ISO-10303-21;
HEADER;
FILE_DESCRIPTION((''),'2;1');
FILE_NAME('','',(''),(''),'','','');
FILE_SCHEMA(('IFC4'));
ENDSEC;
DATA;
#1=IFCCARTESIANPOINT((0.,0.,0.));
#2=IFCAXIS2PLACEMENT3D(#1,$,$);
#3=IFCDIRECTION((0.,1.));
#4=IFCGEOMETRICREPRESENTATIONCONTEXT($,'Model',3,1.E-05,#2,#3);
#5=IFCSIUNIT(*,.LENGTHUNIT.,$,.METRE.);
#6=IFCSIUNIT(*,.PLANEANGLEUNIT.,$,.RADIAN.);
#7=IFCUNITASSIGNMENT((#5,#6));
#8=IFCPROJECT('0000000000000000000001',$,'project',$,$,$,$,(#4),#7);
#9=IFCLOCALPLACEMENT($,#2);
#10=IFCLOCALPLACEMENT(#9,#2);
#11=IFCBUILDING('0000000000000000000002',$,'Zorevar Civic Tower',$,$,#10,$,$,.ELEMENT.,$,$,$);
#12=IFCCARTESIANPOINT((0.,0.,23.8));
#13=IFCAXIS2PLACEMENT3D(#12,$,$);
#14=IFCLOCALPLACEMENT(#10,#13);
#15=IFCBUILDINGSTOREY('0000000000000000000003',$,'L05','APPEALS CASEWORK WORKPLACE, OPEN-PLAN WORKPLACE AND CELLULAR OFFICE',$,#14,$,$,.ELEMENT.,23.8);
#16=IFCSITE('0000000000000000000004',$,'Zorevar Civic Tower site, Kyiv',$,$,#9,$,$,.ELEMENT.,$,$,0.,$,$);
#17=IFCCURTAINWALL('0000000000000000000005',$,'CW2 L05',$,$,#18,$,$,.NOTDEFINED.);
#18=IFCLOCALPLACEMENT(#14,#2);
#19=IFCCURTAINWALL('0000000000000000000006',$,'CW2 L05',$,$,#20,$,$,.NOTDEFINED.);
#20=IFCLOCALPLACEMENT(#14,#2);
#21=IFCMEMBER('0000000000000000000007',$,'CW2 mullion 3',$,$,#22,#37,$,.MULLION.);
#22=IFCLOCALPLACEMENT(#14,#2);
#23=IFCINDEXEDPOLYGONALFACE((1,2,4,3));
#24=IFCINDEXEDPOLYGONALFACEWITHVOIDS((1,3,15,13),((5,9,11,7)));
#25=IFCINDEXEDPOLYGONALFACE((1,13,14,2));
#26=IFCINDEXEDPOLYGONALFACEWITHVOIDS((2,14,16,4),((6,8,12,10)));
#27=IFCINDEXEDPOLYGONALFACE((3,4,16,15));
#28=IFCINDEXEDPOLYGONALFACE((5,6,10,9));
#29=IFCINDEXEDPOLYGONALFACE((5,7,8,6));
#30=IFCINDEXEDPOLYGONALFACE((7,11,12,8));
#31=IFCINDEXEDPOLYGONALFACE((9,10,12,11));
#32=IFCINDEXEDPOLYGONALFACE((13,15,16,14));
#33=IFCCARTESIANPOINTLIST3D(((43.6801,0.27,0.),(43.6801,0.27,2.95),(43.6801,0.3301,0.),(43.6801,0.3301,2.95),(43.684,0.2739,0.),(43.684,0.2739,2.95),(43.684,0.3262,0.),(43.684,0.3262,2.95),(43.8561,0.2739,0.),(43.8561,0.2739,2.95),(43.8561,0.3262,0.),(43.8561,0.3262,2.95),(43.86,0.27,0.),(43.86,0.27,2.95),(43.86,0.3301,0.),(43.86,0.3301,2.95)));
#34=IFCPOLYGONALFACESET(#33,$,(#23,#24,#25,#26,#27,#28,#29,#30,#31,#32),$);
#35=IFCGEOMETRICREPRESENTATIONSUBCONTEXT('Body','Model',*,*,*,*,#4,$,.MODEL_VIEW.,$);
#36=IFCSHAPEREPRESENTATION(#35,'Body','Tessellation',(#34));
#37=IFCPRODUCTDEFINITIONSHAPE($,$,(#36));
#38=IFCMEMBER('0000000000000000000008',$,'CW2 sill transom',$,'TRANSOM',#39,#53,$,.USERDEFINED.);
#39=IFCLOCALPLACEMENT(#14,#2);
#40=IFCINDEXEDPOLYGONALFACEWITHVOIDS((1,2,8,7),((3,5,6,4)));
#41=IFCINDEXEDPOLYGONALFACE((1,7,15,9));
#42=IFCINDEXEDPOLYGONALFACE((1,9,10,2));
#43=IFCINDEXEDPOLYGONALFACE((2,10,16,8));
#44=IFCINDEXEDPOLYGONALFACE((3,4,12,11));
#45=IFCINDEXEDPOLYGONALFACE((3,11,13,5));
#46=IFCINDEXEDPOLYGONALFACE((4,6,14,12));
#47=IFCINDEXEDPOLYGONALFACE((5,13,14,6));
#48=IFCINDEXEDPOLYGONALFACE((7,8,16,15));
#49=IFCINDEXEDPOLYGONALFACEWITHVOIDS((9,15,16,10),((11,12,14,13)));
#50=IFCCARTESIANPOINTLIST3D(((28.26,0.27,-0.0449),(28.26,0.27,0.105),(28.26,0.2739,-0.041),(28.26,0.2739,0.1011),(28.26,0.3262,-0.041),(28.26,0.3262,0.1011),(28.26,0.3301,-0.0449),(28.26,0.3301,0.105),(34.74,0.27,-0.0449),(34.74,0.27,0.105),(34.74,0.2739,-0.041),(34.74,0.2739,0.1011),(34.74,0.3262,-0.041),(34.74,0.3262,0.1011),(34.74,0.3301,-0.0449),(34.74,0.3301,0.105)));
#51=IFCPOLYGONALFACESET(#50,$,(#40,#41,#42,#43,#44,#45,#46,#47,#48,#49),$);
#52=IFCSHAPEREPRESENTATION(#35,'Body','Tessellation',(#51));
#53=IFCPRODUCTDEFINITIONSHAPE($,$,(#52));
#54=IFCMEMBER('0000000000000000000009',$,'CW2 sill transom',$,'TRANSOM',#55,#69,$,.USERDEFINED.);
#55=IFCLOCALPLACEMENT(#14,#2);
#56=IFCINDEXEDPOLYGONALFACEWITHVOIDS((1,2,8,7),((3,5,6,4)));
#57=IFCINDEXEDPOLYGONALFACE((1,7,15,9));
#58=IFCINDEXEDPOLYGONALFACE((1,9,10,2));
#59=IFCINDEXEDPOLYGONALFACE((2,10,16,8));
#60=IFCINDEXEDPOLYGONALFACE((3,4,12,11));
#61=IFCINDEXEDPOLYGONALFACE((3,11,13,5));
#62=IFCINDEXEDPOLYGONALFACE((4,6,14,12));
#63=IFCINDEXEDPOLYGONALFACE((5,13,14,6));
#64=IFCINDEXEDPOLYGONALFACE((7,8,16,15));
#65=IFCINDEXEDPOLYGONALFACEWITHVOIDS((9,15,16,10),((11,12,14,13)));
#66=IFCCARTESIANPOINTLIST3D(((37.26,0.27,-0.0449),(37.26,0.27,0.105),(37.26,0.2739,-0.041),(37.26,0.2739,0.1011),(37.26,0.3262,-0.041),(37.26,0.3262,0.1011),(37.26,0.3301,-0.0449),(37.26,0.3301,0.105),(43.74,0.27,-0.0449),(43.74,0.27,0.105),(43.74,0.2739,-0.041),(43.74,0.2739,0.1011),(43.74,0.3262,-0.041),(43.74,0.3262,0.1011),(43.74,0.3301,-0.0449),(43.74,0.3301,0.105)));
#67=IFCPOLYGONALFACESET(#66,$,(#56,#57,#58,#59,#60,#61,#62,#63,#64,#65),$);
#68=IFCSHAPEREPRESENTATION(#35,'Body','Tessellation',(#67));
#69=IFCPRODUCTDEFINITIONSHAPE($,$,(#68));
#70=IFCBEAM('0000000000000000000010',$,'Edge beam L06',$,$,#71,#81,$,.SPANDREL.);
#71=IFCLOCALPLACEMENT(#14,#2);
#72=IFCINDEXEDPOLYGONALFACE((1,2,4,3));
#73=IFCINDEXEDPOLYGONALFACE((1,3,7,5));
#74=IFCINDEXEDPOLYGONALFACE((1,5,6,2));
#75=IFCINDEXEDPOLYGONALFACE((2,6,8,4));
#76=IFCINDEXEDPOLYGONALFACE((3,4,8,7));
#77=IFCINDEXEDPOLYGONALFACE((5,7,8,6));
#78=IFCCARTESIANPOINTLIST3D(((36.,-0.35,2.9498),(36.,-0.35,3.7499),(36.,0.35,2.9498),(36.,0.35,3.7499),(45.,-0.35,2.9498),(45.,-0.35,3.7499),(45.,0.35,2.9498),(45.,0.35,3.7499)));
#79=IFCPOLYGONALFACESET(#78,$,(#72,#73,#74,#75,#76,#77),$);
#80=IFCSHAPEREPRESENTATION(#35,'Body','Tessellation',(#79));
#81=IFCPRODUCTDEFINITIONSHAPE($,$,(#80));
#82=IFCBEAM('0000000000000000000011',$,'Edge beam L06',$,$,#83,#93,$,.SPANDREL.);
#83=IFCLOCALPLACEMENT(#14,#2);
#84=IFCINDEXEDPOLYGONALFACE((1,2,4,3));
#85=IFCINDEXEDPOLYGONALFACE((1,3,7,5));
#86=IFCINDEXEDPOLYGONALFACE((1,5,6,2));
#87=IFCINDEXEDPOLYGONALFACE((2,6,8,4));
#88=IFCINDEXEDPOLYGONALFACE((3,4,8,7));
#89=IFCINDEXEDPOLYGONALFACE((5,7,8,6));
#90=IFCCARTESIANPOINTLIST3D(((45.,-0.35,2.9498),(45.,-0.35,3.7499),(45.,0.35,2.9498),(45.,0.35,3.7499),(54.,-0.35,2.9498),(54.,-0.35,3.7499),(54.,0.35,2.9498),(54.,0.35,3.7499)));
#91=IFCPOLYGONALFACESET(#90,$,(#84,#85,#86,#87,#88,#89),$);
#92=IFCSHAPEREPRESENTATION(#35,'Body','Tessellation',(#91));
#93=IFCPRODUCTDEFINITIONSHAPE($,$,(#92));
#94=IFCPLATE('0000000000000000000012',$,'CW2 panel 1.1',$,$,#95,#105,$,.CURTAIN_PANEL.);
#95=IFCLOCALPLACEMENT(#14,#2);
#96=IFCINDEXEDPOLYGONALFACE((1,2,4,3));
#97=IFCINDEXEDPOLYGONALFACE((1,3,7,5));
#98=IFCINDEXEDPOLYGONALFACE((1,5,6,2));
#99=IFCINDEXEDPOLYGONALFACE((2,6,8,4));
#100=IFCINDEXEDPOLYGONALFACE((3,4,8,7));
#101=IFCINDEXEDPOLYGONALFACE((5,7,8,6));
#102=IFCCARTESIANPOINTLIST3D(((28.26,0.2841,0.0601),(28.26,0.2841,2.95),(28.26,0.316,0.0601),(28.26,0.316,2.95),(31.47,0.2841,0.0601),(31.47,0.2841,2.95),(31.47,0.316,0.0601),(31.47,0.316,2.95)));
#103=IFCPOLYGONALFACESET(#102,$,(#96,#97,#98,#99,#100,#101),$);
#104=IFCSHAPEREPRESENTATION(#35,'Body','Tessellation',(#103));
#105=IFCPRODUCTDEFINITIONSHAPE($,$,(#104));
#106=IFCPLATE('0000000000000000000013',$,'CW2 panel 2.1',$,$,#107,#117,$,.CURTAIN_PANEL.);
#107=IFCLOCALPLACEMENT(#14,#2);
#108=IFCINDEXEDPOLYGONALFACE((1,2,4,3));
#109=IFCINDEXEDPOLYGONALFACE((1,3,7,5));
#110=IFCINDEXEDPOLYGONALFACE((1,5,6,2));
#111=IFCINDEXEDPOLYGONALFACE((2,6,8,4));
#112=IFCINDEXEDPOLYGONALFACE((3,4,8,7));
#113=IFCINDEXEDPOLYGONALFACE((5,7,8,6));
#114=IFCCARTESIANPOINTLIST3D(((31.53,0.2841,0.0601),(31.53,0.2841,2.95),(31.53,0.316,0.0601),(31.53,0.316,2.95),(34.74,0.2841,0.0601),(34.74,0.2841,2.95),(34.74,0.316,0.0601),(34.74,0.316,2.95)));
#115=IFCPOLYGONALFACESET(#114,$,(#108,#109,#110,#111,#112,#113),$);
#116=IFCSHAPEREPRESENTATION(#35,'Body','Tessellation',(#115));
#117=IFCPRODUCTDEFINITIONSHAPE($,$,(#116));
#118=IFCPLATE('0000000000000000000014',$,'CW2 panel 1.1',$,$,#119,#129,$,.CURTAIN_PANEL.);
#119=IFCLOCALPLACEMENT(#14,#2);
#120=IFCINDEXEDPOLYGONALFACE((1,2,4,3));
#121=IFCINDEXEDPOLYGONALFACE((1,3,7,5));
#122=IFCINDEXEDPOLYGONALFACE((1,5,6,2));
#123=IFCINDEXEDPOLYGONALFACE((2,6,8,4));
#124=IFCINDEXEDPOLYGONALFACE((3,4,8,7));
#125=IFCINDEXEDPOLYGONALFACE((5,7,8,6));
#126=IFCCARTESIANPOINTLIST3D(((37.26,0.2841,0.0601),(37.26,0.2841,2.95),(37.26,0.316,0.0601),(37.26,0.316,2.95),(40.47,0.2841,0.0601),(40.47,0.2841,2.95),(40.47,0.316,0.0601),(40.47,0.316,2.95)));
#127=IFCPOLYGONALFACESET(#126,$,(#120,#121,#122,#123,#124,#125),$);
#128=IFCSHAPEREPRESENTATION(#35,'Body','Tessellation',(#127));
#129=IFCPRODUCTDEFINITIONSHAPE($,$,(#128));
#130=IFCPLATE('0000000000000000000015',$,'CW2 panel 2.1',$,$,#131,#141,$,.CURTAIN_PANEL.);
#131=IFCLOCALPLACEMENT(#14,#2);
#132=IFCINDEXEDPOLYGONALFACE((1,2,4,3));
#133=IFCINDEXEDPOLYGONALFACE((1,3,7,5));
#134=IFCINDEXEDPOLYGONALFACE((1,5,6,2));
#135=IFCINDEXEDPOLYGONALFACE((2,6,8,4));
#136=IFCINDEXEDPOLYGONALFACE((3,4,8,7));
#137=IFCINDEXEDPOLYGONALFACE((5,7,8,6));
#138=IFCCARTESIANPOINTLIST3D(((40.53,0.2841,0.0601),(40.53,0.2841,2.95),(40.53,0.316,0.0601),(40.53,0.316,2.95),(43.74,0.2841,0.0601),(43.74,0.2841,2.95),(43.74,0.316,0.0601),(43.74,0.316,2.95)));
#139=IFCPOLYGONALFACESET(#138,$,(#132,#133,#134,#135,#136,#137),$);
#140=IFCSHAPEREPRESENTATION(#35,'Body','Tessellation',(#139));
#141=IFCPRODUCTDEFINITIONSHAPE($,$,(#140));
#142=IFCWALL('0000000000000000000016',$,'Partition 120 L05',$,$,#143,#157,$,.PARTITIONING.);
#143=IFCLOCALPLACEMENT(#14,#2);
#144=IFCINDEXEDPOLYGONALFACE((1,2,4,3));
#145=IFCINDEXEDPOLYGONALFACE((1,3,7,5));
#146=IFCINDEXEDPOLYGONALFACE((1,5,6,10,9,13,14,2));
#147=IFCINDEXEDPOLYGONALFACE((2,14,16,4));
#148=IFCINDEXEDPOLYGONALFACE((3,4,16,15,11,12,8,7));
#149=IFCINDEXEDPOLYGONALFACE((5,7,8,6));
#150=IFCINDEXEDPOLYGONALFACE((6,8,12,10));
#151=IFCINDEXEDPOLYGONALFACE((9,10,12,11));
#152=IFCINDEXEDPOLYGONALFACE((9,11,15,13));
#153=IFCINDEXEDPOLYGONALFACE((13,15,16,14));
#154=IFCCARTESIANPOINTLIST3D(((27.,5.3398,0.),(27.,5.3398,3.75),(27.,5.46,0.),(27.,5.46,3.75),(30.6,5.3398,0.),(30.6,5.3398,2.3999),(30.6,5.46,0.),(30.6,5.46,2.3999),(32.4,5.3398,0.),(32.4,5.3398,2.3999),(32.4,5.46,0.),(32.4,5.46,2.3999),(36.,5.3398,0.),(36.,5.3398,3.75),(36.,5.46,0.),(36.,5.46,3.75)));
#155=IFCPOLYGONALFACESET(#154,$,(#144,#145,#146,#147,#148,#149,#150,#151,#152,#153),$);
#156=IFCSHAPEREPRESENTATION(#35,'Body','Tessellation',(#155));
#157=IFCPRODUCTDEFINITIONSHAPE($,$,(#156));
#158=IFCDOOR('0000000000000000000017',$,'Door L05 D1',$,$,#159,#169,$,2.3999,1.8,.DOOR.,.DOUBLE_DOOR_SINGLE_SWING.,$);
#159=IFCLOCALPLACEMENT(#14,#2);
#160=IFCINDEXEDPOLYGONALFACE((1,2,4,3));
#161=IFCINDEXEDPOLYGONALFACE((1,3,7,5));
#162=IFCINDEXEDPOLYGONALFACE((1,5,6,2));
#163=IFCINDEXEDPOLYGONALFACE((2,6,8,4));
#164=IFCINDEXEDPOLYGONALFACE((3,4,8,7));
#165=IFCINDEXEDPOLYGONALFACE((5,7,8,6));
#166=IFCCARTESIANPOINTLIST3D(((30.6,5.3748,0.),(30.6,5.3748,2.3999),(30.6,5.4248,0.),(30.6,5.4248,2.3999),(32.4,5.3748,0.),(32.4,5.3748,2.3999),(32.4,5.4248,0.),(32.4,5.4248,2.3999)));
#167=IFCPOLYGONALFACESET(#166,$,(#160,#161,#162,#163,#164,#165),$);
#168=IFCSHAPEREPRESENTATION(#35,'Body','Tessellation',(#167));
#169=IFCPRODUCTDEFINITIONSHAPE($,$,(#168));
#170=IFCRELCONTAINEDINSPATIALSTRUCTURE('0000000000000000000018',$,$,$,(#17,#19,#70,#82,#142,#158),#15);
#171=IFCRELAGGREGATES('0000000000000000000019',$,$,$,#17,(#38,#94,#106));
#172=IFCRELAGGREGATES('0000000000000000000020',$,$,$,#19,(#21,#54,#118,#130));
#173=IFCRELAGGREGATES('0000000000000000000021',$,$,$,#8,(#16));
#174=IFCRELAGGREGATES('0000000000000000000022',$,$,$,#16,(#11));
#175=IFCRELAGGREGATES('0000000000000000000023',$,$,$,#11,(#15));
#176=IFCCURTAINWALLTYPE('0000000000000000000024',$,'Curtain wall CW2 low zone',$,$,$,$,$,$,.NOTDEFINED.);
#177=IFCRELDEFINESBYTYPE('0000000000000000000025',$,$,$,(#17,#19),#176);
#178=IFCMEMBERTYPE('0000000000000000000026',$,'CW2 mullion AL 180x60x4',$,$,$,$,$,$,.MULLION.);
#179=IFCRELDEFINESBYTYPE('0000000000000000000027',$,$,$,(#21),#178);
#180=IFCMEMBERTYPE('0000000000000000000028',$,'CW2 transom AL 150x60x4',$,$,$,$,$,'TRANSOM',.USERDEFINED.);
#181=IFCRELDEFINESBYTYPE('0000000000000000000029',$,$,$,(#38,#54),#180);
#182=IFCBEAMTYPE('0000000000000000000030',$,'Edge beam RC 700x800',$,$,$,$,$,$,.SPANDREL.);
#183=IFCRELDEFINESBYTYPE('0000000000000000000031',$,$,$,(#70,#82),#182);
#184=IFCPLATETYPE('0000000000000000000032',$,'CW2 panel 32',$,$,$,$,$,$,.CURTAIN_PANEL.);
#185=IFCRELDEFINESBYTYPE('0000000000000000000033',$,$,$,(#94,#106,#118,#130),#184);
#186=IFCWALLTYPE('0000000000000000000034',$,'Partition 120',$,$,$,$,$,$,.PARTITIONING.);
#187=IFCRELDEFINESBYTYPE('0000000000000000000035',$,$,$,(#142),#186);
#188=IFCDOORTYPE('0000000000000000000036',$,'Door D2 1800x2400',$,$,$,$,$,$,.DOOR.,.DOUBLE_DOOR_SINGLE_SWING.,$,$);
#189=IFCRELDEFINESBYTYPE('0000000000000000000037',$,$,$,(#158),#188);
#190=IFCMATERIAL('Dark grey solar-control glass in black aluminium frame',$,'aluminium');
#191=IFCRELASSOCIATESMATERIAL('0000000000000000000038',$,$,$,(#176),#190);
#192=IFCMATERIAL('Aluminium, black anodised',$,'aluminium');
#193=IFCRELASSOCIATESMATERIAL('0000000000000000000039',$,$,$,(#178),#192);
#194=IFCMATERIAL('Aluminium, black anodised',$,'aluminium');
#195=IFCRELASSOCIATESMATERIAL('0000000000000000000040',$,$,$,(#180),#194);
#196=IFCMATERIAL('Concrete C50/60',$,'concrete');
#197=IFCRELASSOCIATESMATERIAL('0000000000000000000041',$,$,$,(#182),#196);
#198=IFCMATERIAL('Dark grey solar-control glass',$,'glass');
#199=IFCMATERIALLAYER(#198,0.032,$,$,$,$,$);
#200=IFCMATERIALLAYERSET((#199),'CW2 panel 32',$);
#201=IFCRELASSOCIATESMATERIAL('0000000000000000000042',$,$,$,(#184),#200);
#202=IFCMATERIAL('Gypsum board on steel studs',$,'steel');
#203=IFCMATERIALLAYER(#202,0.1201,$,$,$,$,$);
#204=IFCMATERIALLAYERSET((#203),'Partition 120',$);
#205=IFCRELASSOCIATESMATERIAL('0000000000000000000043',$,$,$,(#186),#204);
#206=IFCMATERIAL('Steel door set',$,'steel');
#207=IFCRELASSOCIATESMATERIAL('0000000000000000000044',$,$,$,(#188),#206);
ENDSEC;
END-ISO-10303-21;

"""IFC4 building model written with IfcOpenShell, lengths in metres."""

from ifc_helpers import new_model, si_unit, direction, frame, frame_2d, origin, origin_2d, place, context, subcontext, project, spatial, rectangle, hollow_rectangle, extrude, material, layer, layer_set, material_profile, profile_set, type_object, element, fill, aggregate, save


model = new_model("IFC4")

# Units and contexts
model_context = context("Model", 3, precision=1e-05, world=origin(), true_north=direction((0.0, 1.0)))
body_context = subcontext(model_context, "Body", "Model", "MODEL_VIEW")
ifc_project = project(units=[si_unit("LENGTHUNIT", "METRE"), si_unit("PLANEANGLEUNIT", "RADIAN")], contexts=[model_context])

# Site, building, storey
site_placement = place(None, origin())
site = spatial("IfcSite", under=ifc_project, at=site_placement, Name="Zorevar Civic Tower site, Kyiv", CompositionType="ELEMENT", RefElevation=0.0)
building_placement = place(site_placement, origin())
building = spatial("IfcBuilding", under=site, at=building_placement, Name="Zorevar Civic Tower", CompositionType="ELEMENT")
storey_placement = place(building_placement, frame((0.0, 0.0, 23.8)))
storey = spatial("IfcBuildingStorey", under=building, at=storey_placement, Name="L05", Description="APPEALS CASEWORK WORKPLACE, OPEN-PLAN WORKPLACE AND CELLULAR OFFICE", CompositionType="ELEMENT", Elevation=23.8)

# Curtain walls, member
ifc_material_1 = material(Name="Dark grey solar-control glass in black aluminium frame", Category="aluminium")
curtain_wall_type = type_object("IfcCurtainWallType", Name="Curtain wall CW2 low zone", PredefinedType="NOTDEFINED", material=ifc_material_1)
curtain_wall_1_placement = place(storey_placement, origin())
curtain_wall_1 = element("IfcCurtainWall", 1, at=curtain_wall_1_placement, inside=storey, type_object=curtain_wall_type, Name="CW2 L05", PredefinedType="NOTDEFINED")
ifc_material_2 = material(Name="Aluminium, black anodised", Category="aluminium")
ifc_material_profile_1 = material_profile(ifc_material_2, hollow_rectangle(XDim=0.0601, YDim=0.1799, WallThickness=0.0039, at=origin_2d()), Name="AL 180x60x4")
ifc_profile_set_1 = profile_set([ifc_material_profile_1], Name="Aluminium, black anodised")
member_type_1 = type_object("IfcMemberType", Name="CW2 mullion AL 180x60x4", PredefinedType="MULLION", material=ifc_profile_set_1)
curtain_wall_2_placement = place(storey_placement, origin())
curtain_wall_2 = element("IfcCurtainWall", 2, at=curtain_wall_2_placement, inside=storey, type_object=curtain_wall_type, Name="CW2 L05", PredefinedType="NOTDEFINED")
member_1_placement = place(storey_placement, frame((43.77, 0.3, 0.0), z_axis=(0.0, 0.0, 1.0), x_axis=(0.0, 1.0, 0.0)))
member_1 = element("IfcMember", 3, at=member_1_placement, type_object=member_type_1, Name="CW2 mullion 3", PredefinedType="MULLION", context=body_context, shape_type="SweptSolid", body=[
    extrude(hollow_rectangle(XDim=0.0601, YDim=0.1799, WallThickness=0.0039, at=origin_2d()), origin(), (0.0, 0.0, 1.0), 2.95),
])

# Members
ifc_material_3 = material(Name="Aluminium, black anodised", Category="aluminium")
ifc_material_profile_2 = material_profile(ifc_material_3, hollow_rectangle(XDim=0.0601, YDim=0.1499, WallThickness=0.0039, at=origin_2d()), Name="AL 150x60x4")
ifc_profile_set_2 = profile_set([ifc_material_profile_2], Name="Aluminium, black anodised")
member_type_2 = type_object("IfcMemberType", Name="CW2 transom AL 150x60x4", ElementType="TRANSOM", PredefinedType="USERDEFINED", material=ifc_profile_set_2)
member_2_placement = place(storey_placement, frame((28.26, 0.3, 0.03), z_axis=(1.0, 0.0, 0.0), x_axis=(0.0, 1.0, 0.0)))
member_2 = element("IfcMember", 4, at=member_2_placement, type_object=member_type_2, Name="CW2 sill transom", ObjectType="TRANSOM", PredefinedType="USERDEFINED", context=body_context, shape_type="SweptSolid", body=[
    extrude(hollow_rectangle(XDim=0.0601, YDim=0.1499, WallThickness=0.0039, at=origin_2d()), origin(), (0.0, 0.0, 1.0), 6.48),
])
member_3_placement = place(storey_placement, frame((37.26, 0.3, 0.03), z_axis=(1.0, 0.0, 0.0), x_axis=(0.0, 1.0, 0.0)))
member_3 = element("IfcMember", 5, at=member_3_placement, type_object=member_type_2, Name="CW2 sill transom", ObjectType="TRANSOM", PredefinedType="USERDEFINED", context=body_context, shape_type="SweptSolid", body=[
    extrude(hollow_rectangle(XDim=0.0601, YDim=0.1499, WallThickness=0.0039, at=origin_2d()), origin(), (0.0, 0.0, 1.0), 6.48),
])

# Beams
ifc_material_4 = material(Name="Concrete C50/60", Category="concrete")
ifc_material_profile_3 = material_profile(ifc_material_4, rectangle(XDim=0.7, YDim=0.8, at=origin_2d()), Name="RC 700x800")
ifc_profile_set_3 = profile_set([ifc_material_profile_3], Name="Concrete C50/60")
beam_type_1 = type_object("IfcBeamType", Name="Edge beam RC 700x800", PredefinedType="SPANDREL", material=ifc_profile_set_3)
for number, where, z_axis, x_axis, name in (
    (6, (36.0, 0.0, 3.3499), (1.0, 0.0, 0.0), (0.0, 1.0, 0.0), "Edge beam L06"),
    (7, (45.0, 0.0, 3.3499), (1.0, 0.0, 0.0), (0.0, 1.0, 0.0), "Edge beam L06"),
):
    element("IfcBeam", number, at=place(storey_placement, frame(where, z_axis=z_axis, x_axis=x_axis)), inside=storey, type_object=beam_type_1, Name=name, PredefinedType="SPANDREL", context=body_context, shape_type="SweptSolid", body=[
        extrude(rectangle(XDim=0.7, YDim=0.8, at=origin_2d()), origin(), (0.0, 0.0, 1.0), 9.0),
    ])

# Plates
ifc_material_5 = material(Name="Dark grey solar-control glass", Category="glass")
ifc_layer_1 = layer(ifc_material_5, 0.032)
ifc_layer_set_1 = layer_set([ifc_layer_1], Name="CW2 panel 32")
plate_type = type_object("IfcPlateType", Name="CW2 panel 32", PredefinedType="CURTAIN_PANEL", material=ifc_layer_set_1)
plate_1_placement = place(storey_placement, frame((29.865, 0.3, 0.0601), z_axis=(0.0, 0.0, 1.0), x_axis=(1.0, 0.0, 0.0)))
plate_1 = element("IfcPlate", 8, at=plate_1_placement, type_object=plate_type, Name="CW2 panel 1.1", PredefinedType="CURTAIN_PANEL", context=body_context, shape_type="SweptSolid", body=[
    extrude(rectangle(XDim=3.21, YDim=0.032, at=origin_2d()), origin(), (0.0, 0.0, 1.0), 2.8899),
])
plate_2_placement = place(storey_placement, frame((33.135, 0.3, 0.0601), z_axis=(0.0, 0.0, 1.0), x_axis=(1.0, 0.0, 0.0)))
plate_2 = element("IfcPlate", 9, at=plate_2_placement, type_object=plate_type, Name="CW2 panel 2.1", PredefinedType="CURTAIN_PANEL", context=body_context, shape_type="SweptSolid", body=[
    extrude(rectangle(XDim=3.21, YDim=0.032, at=origin_2d()), origin(), (0.0, 0.0, 1.0), 2.8899),
])
aggregate(curtain_wall_1, [member_2, plate_1, plate_2])
plate_3_placement = place(storey_placement, frame((38.865, 0.3, 0.0601), z_axis=(0.0, 0.0, 1.0), x_axis=(1.0, 0.0, 0.0)))
plate_3 = element("IfcPlate", 10, at=plate_3_placement, type_object=plate_type, Name="CW2 panel 1.1", PredefinedType="CURTAIN_PANEL", context=body_context, shape_type="SweptSolid", body=[
    extrude(rectangle(XDim=3.21, YDim=0.032, at=origin_2d()), origin(), (0.0, 0.0, 1.0), 2.8899),
])
plate_4_placement = place(storey_placement, frame((42.135, 0.3, 0.0601), z_axis=(0.0, 0.0, 1.0), x_axis=(1.0, 0.0, 0.0)))
plate_4 = element("IfcPlate", 11, at=plate_4_placement, type_object=plate_type, Name="CW2 panel 2.1", PredefinedType="CURTAIN_PANEL", context=body_context, shape_type="SweptSolid", body=[
    extrude(rectangle(XDim=3.21, YDim=0.032, at=origin_2d()), origin(), (0.0, 0.0, 1.0), 2.8899),
])
aggregate(curtain_wall_2, [member_1, member_3, plate_3, plate_4])

# Wall, opening, door
ifc_material_6 = material(Name="Gypsum board on steel studs", Category="steel")
ifc_layer_2 = layer(ifc_material_6, 0.1201)
ifc_layer_set_2 = layer_set([ifc_layer_2], Name="Partition 120")
wall_type = type_object("IfcWallType", Name="Partition 120", PredefinedType="PARTITIONING", material=ifc_layer_set_2)
wall_1_placement = place(storey_placement, frame((27.0, 5.3999, 0.0), z_axis=(0.0, 0.0, 1.0), x_axis=(1.0, 0.0, 0.0)))
wall_1 = element("IfcWall", 12, at=wall_1_placement, inside=storey, type_object=wall_type, Name="Partition 120 L05", PredefinedType="PARTITIONING", context=body_context, shape_type="SweptSolid", body=[
    extrude(rectangle(XDim=9.0, YDim=0.1201, at=frame_2d((4.5, 0.0))), origin(), (0.0, 0.0, 1.0), 3.75),
])
opening_1_placement = place(wall_1_placement, frame((3.6001, 0.0, 0.0)))
opening_1 = element("IfcOpeningElement", 13, at=opening_1_placement, cuts=wall_1, PredefinedType="OPENING", context=body_context, shape_type="SweptSolid", body=[
    extrude(rectangle(XDim=1.8, YDim=2.3999, at=frame_2d((0.8999, 1.2))), frame((0.0, 0.0701, 0.0), z_axis=(0.0, -1.0, 0.0), x_axis=(1.0, 0.0, 0.0)), (0.0, 0.0, 1.0), 0.1401),
])
ifc_material_7 = material(Name="Steel door set", Category="steel")
door_type_1 = type_object("IfcDoorType", Name="Door D2 1800x2400", OperationType="DOUBLE_DOOR_SINGLE_SWING", PredefinedType="DOOR", material=ifc_material_7)
door_1_placement = place(opening_1_placement, origin())
door_1 = element("IfcDoor", 14, at=door_1_placement, inside=storey, type_object=door_type_1, Name="Door L05 D1", OperationType="DOUBLE_DOOR_SINGLE_SWING", OverallHeight=2.3999, OverallWidth=1.8, PredefinedType="DOOR", context=body_context, shape_type="SweptSolid", body=[
    extrude(rectangle(XDim=1.8, YDim=2.3999, at=frame_2d((0.8999, 1.2))), frame((0.0, 0.0249, 0.0), z_axis=(0.0, -1.0, 0.0), x_axis=(1.0, 0.0, 0.0)), (0.0, 0.0, 1.0), 0.05),
])
fill(opening_1, door_1)

save(model, "model.ifc")
